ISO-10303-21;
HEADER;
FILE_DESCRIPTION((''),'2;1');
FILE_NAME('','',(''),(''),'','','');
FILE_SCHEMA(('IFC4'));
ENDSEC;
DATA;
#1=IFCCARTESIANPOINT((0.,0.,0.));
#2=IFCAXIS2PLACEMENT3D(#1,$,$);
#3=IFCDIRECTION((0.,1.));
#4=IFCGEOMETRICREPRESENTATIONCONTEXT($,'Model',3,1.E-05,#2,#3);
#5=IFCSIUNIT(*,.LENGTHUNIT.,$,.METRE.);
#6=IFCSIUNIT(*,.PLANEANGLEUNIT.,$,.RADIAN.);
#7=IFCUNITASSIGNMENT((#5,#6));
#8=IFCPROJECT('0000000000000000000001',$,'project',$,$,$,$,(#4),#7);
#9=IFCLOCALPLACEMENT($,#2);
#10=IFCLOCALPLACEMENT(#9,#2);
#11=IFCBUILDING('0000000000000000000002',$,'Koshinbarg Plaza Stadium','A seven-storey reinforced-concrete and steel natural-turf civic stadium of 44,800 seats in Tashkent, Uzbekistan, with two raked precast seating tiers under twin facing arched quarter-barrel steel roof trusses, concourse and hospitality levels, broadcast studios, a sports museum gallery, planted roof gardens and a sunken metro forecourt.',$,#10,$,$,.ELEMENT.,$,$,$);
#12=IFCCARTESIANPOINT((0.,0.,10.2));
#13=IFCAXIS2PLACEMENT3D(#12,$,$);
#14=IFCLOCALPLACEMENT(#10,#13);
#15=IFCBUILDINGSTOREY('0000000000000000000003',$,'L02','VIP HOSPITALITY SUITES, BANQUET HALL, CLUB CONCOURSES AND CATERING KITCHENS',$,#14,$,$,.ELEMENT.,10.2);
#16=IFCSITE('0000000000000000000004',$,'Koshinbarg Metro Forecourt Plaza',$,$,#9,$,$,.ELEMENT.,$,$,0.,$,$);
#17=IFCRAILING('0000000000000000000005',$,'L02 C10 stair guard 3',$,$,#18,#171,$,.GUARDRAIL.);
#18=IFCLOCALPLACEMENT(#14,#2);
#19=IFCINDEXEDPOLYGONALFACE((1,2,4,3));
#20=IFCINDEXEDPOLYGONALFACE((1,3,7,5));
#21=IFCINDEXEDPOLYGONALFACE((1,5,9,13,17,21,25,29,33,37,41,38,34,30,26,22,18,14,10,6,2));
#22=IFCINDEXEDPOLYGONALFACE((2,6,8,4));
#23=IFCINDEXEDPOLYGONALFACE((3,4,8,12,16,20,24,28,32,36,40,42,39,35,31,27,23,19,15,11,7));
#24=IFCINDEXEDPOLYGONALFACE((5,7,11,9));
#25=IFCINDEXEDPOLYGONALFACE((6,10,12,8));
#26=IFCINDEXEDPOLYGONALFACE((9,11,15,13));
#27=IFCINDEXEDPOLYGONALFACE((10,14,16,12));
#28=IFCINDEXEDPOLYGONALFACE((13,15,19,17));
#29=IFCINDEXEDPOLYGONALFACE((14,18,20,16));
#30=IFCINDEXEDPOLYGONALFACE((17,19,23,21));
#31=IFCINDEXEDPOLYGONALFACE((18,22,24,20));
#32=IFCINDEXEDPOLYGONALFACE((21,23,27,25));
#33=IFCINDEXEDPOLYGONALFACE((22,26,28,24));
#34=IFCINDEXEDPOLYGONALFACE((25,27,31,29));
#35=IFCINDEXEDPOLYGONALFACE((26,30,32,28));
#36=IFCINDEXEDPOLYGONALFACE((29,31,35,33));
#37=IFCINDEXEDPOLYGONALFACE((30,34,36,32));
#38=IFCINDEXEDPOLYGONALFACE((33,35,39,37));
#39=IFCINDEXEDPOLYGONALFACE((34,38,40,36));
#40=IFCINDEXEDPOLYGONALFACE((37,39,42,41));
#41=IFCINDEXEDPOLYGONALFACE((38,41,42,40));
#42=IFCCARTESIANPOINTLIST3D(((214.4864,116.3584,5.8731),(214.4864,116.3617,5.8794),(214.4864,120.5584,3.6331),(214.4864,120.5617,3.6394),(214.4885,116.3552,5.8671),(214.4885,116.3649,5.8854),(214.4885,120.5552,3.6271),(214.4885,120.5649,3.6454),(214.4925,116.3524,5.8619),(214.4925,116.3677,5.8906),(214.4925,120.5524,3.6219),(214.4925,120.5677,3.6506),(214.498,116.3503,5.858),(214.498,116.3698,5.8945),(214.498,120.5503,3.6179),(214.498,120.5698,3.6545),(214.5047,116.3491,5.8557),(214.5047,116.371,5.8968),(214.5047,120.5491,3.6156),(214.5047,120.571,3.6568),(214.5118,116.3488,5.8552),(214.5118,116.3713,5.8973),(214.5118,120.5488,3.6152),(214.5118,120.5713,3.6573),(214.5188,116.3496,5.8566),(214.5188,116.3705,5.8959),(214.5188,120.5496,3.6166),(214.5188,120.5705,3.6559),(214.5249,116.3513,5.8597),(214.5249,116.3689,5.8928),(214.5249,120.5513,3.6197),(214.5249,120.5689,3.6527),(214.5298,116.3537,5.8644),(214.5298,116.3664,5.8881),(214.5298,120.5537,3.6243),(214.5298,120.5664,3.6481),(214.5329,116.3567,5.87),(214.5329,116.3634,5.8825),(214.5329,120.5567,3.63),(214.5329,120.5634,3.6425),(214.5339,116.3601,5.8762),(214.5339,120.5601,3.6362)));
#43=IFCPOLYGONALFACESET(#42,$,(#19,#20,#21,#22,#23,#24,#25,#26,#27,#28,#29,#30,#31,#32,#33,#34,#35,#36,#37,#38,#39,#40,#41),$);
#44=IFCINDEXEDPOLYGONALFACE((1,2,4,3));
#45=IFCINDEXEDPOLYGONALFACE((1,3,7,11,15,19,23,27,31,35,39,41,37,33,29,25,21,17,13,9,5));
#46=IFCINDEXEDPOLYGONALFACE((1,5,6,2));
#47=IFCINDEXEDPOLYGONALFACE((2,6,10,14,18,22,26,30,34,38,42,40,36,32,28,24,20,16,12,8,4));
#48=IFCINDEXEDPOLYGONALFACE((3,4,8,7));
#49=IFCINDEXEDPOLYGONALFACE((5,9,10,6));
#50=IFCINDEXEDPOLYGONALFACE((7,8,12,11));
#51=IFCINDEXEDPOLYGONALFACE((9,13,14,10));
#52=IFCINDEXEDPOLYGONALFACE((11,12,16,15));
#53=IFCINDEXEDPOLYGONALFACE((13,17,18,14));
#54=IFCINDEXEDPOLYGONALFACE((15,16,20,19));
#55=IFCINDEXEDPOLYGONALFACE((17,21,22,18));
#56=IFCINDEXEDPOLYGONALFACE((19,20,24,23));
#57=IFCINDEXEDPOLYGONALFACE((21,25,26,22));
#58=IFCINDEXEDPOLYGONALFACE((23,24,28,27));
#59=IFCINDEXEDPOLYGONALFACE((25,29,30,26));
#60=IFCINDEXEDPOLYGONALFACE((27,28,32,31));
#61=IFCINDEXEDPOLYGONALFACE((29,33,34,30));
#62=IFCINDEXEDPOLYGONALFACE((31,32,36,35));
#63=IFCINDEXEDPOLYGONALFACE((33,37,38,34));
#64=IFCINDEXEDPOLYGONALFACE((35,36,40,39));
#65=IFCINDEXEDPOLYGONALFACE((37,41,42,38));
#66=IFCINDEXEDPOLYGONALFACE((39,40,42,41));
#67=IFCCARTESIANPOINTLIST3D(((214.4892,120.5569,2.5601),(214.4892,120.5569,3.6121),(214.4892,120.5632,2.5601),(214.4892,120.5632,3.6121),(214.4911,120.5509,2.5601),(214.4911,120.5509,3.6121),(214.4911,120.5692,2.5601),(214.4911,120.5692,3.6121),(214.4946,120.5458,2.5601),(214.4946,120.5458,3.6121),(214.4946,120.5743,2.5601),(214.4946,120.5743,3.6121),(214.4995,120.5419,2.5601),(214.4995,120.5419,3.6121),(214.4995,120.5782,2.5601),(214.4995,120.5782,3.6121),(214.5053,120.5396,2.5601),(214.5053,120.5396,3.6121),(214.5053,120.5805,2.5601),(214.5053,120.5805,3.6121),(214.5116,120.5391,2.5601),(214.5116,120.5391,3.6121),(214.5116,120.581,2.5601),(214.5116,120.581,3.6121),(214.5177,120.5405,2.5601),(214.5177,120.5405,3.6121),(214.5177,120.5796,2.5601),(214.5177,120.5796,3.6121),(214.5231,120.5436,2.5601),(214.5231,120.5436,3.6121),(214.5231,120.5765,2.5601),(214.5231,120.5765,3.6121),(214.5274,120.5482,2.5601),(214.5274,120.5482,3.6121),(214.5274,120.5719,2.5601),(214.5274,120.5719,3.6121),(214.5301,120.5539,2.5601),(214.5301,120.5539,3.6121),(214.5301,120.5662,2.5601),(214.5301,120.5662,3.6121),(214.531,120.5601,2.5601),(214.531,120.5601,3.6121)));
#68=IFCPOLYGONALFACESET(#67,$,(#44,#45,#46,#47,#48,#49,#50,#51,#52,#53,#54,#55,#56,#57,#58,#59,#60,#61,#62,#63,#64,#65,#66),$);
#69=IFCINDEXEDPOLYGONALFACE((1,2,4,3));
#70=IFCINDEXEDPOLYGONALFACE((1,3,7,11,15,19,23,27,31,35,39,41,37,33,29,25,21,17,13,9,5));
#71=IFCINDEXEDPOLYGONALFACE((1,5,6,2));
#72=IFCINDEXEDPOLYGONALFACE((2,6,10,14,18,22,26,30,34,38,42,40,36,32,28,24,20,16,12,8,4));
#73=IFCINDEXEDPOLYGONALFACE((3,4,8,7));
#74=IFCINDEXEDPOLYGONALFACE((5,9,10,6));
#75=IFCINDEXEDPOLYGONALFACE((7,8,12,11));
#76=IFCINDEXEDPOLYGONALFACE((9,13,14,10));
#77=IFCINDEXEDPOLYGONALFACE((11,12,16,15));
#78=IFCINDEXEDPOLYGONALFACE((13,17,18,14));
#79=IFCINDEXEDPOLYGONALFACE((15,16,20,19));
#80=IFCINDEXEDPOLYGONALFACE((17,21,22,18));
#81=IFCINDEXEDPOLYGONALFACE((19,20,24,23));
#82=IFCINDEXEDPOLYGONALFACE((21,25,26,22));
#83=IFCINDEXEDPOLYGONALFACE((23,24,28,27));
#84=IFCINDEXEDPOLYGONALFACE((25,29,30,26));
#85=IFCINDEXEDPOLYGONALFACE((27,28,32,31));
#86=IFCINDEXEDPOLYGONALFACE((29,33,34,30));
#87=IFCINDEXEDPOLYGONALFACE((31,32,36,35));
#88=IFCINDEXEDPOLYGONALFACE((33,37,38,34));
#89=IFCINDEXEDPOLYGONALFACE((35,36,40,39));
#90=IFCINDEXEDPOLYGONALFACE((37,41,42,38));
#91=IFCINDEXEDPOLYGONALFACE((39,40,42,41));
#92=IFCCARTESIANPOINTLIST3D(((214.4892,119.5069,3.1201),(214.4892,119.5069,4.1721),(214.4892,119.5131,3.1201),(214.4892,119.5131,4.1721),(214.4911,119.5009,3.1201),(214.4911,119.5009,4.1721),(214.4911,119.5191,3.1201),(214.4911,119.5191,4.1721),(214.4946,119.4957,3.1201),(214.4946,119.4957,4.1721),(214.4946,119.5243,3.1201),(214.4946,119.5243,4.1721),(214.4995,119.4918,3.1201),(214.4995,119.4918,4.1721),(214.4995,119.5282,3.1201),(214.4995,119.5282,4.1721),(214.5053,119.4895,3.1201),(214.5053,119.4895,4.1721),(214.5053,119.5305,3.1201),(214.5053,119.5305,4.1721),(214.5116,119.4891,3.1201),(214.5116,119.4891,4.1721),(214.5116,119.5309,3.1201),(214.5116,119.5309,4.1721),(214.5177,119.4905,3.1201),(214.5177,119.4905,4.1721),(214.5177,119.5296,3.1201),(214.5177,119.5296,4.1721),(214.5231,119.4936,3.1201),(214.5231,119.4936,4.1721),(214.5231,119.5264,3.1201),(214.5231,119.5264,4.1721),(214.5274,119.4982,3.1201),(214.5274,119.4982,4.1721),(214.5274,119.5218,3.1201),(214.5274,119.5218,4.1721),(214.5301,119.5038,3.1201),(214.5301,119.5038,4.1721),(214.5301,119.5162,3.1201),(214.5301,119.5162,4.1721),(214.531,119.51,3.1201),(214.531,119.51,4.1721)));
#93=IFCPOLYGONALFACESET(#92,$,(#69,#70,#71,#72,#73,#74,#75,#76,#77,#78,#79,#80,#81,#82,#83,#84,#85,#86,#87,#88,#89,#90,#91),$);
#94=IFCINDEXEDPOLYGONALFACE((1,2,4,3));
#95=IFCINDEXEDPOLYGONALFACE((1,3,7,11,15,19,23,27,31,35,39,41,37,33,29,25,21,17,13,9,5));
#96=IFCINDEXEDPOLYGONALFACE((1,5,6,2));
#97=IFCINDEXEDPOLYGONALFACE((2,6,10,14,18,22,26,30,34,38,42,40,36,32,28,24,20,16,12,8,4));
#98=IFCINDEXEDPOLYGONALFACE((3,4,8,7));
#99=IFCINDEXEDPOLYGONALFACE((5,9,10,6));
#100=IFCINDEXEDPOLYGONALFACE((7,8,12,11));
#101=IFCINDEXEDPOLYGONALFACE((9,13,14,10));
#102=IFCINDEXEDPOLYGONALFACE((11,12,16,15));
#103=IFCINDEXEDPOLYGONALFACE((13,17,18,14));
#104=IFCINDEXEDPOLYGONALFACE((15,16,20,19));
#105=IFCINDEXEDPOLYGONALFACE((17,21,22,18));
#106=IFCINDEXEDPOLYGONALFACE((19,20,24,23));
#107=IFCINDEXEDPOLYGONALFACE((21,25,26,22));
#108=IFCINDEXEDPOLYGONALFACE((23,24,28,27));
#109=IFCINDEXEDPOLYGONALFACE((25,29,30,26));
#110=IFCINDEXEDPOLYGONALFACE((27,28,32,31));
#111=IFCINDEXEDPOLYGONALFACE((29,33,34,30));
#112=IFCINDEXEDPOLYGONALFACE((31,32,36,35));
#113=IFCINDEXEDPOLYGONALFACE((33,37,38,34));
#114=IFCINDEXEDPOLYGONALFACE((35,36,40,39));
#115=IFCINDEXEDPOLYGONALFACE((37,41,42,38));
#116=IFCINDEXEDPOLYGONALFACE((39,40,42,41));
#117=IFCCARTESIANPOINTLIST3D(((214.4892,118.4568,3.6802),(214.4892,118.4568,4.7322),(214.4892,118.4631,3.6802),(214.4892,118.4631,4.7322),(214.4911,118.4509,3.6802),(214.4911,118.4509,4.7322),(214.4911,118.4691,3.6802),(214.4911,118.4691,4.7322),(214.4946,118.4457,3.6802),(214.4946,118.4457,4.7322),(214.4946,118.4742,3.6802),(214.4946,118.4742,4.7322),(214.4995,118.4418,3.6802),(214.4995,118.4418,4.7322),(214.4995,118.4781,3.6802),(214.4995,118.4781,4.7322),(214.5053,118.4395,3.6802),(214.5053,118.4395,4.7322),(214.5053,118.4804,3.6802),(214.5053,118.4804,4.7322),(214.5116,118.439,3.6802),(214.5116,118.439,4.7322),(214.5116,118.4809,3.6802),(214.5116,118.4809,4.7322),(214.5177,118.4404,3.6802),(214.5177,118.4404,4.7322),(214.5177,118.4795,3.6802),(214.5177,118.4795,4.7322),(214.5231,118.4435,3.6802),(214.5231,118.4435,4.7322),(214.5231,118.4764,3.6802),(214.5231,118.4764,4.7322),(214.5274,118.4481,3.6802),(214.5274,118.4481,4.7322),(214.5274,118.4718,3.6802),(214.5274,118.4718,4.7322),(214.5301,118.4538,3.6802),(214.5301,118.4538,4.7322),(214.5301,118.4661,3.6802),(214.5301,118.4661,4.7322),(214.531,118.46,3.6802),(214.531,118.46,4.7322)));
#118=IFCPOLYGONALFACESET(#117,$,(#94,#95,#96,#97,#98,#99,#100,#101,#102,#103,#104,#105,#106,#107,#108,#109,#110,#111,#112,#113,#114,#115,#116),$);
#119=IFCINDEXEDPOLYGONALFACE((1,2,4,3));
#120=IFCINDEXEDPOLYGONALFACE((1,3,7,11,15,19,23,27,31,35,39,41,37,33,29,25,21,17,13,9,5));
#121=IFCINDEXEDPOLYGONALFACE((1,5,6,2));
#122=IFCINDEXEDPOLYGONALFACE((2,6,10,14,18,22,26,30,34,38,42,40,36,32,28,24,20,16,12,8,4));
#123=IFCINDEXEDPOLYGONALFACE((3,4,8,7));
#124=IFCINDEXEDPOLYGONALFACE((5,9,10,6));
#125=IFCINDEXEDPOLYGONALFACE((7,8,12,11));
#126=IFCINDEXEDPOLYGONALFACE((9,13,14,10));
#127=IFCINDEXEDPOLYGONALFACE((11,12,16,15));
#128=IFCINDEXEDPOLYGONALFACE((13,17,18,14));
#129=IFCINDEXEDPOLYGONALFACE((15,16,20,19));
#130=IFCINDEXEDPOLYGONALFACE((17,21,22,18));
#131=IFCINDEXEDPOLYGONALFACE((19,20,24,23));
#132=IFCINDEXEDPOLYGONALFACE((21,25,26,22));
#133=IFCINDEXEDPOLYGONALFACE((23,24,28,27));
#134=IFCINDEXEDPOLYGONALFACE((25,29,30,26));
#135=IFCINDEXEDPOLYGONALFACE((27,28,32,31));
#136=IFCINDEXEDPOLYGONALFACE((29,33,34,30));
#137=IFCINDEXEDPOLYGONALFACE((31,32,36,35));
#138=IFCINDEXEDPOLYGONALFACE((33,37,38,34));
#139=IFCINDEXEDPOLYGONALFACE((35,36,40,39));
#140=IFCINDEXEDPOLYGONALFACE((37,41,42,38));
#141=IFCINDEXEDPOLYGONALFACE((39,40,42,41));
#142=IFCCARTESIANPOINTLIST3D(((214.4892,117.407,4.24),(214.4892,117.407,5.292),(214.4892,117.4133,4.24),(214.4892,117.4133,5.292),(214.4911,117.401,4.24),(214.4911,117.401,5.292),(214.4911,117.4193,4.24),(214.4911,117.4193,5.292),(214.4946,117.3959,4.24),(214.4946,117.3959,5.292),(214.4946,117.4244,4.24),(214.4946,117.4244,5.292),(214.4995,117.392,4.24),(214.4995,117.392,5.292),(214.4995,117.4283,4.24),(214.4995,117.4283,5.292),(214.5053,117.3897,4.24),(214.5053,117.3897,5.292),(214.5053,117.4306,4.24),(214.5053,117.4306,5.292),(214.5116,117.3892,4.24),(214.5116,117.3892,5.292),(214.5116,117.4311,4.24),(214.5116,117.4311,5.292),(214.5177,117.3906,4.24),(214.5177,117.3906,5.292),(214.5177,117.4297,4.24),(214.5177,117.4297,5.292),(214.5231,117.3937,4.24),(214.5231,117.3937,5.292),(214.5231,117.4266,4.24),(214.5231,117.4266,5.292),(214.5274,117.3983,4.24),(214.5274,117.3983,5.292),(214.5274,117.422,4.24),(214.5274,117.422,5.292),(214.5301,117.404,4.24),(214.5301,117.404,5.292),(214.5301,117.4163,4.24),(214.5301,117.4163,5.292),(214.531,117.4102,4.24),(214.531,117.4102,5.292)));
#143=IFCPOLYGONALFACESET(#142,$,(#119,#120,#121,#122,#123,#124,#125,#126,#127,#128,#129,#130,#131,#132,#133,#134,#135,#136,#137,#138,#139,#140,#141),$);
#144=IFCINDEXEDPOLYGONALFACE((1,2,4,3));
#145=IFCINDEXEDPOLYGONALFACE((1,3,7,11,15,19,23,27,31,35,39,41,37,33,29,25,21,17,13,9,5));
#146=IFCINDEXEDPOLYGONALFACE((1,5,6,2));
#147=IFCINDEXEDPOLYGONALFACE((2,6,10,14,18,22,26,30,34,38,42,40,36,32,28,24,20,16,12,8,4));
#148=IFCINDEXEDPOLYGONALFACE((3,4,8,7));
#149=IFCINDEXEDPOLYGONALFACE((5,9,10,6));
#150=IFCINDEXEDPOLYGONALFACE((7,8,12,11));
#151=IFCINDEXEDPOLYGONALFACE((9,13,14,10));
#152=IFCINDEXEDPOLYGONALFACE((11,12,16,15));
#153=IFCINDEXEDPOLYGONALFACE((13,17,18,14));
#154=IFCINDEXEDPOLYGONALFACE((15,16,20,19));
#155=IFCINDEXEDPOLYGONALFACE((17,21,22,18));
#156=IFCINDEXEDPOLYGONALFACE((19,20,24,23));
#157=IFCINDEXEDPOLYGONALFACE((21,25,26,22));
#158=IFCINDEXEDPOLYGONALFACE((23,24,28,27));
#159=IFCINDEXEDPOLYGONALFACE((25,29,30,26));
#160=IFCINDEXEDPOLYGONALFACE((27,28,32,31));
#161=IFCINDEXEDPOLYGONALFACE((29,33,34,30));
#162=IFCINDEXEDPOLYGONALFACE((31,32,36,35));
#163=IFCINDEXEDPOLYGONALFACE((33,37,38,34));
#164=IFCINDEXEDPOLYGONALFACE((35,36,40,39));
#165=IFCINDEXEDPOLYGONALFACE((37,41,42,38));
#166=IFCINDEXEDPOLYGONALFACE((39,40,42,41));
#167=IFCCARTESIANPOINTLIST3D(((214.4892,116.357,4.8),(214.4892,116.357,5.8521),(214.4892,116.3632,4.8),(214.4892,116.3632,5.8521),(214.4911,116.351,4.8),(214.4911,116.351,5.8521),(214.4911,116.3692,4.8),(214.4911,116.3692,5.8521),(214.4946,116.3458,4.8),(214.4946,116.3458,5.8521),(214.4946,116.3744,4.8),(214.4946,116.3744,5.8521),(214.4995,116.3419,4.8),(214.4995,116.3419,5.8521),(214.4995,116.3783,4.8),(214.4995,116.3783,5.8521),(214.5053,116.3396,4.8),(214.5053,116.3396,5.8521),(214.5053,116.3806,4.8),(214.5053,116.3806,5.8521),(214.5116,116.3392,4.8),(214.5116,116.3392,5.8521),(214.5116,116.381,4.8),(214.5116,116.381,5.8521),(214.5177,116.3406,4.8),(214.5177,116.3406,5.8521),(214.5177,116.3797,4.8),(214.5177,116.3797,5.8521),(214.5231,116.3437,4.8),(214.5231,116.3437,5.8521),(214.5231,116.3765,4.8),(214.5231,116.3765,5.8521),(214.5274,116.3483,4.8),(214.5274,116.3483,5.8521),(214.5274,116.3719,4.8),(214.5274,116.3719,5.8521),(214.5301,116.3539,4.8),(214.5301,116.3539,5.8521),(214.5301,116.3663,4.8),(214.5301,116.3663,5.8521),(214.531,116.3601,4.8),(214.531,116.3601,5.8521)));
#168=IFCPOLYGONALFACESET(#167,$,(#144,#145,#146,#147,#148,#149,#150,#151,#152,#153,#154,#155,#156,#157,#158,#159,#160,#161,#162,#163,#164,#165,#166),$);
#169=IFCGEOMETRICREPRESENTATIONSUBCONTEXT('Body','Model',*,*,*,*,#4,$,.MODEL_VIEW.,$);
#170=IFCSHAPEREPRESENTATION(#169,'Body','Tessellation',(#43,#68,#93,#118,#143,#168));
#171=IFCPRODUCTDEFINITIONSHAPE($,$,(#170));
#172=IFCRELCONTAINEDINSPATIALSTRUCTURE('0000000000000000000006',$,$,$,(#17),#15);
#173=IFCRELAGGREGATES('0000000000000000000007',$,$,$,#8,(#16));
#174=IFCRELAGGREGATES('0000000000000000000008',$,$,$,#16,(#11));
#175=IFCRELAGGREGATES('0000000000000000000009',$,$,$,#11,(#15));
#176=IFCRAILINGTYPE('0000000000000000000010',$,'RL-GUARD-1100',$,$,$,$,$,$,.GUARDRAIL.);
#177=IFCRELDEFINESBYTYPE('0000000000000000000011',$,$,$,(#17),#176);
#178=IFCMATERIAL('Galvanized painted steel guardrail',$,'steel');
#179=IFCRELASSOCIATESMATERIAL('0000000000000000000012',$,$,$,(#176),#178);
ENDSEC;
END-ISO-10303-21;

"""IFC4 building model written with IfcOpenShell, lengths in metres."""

from ifc_helpers import new_model, si_unit, direction, frame, origin, origin_2d, place, context, subcontext, project, spatial, circle, extrude, material, type_object, element, save


model = new_model("IFC4")

# Units and contexts
model_context = context("Model", 3, precision=1e-05, world=origin(), true_north=direction((0.0, 1.0)))
body_context = subcontext(model_context, "Body", "Model", "MODEL_VIEW")
ifc_project = project(units=[si_unit("LENGTHUNIT", "METRE"), si_unit("PLANEANGLEUNIT", "RADIAN")], contexts=[model_context])

# Site, building, storey
site_placement = place(None, origin())
site = spatial("IfcSite", under=ifc_project, at=site_placement, Name="Koshinbarg Metro Forecourt Plaza", CompositionType="ELEMENT", RefElevation=0.0)
building_placement = place(site_placement, origin())
building = spatial("IfcBuilding", under=site, at=building_placement, Name="Koshinbarg Plaza Stadium", Description="A seven-storey reinforced-concrete and steel natural-turf civic stadium of 44,800 seats in Tashkent, Uzbekistan, with two raked precast seating tiers under twin facing arched quarter-barrel steel roof trusses, concourse and hospitality levels, broadcast studios, a sports museum gallery, planted roof gardens and a sunken metro forecourt.", CompositionType="ELEMENT")
storey_placement = place(building_placement, frame((0.0, 0.0, 10.2)))
storey = spatial("IfcBuildingStorey", under=building, at=storey_placement, Name="L02", Description="VIP HOSPITALITY SUITES, BANQUET HALL, CLUB CONCOURSES AND CATERING KITCHENS", CompositionType="ELEMENT", Elevation=10.2)

# Railing
ifc_material_1 = material(Name="Galvanized painted steel guardrail", Category="steel")
railing_type_1 = type_object("IfcRailingType", Name="RL-GUARD-1100", PredefinedType="GUARDRAIL", material=ifc_material_1)
railing_1_placement = place(storey_placement, frame((214.51, 120.5601, 2.5601)))
element("IfcRailing", 1, at=railing_1_placement, inside=storey, type_object=railing_type_1, Name="L02 C10 stair guard 3", PredefinedType="GUARDRAIL", context=body_context, shape_type="SweptSolid", body=[
    extrude(circle(Radius=0.0239, at=origin_2d()), frame((0.0, 0.0, 1.0762), z_axis=(0.0, -0.882352, 0.470591), x_axis=(1.0, 0.0, 0.0)), (0.0, 0.0, 1.0), 4.76),
    extrude(circle(Radius=0.021, at=origin_2d()), origin(), (0.0, 0.0, 1.0), 1.052),
    extrude(circle(Radius=0.021, at=origin_2d()), frame((0.0, -1.05, 0.5601)), (0.0, 0.0, 1.0), 1.052),
    extrude(circle(Radius=0.021, at=origin_2d()), frame((0.0, -2.1001, 1.1201)), (0.0, 0.0, 1.0), 1.052),
    extrude(circle(Radius=0.021, at=origin_2d()), frame((0.0, -3.1499, 1.6799)), (0.0, 0.0, 1.0), 1.052),
    extrude(circle(Radius=0.021, at=origin_2d()), frame((0.0, -4.2, 2.24)), (0.0, 0.0, 1.0), 1.052),
])

save(model, "model.ifc")
